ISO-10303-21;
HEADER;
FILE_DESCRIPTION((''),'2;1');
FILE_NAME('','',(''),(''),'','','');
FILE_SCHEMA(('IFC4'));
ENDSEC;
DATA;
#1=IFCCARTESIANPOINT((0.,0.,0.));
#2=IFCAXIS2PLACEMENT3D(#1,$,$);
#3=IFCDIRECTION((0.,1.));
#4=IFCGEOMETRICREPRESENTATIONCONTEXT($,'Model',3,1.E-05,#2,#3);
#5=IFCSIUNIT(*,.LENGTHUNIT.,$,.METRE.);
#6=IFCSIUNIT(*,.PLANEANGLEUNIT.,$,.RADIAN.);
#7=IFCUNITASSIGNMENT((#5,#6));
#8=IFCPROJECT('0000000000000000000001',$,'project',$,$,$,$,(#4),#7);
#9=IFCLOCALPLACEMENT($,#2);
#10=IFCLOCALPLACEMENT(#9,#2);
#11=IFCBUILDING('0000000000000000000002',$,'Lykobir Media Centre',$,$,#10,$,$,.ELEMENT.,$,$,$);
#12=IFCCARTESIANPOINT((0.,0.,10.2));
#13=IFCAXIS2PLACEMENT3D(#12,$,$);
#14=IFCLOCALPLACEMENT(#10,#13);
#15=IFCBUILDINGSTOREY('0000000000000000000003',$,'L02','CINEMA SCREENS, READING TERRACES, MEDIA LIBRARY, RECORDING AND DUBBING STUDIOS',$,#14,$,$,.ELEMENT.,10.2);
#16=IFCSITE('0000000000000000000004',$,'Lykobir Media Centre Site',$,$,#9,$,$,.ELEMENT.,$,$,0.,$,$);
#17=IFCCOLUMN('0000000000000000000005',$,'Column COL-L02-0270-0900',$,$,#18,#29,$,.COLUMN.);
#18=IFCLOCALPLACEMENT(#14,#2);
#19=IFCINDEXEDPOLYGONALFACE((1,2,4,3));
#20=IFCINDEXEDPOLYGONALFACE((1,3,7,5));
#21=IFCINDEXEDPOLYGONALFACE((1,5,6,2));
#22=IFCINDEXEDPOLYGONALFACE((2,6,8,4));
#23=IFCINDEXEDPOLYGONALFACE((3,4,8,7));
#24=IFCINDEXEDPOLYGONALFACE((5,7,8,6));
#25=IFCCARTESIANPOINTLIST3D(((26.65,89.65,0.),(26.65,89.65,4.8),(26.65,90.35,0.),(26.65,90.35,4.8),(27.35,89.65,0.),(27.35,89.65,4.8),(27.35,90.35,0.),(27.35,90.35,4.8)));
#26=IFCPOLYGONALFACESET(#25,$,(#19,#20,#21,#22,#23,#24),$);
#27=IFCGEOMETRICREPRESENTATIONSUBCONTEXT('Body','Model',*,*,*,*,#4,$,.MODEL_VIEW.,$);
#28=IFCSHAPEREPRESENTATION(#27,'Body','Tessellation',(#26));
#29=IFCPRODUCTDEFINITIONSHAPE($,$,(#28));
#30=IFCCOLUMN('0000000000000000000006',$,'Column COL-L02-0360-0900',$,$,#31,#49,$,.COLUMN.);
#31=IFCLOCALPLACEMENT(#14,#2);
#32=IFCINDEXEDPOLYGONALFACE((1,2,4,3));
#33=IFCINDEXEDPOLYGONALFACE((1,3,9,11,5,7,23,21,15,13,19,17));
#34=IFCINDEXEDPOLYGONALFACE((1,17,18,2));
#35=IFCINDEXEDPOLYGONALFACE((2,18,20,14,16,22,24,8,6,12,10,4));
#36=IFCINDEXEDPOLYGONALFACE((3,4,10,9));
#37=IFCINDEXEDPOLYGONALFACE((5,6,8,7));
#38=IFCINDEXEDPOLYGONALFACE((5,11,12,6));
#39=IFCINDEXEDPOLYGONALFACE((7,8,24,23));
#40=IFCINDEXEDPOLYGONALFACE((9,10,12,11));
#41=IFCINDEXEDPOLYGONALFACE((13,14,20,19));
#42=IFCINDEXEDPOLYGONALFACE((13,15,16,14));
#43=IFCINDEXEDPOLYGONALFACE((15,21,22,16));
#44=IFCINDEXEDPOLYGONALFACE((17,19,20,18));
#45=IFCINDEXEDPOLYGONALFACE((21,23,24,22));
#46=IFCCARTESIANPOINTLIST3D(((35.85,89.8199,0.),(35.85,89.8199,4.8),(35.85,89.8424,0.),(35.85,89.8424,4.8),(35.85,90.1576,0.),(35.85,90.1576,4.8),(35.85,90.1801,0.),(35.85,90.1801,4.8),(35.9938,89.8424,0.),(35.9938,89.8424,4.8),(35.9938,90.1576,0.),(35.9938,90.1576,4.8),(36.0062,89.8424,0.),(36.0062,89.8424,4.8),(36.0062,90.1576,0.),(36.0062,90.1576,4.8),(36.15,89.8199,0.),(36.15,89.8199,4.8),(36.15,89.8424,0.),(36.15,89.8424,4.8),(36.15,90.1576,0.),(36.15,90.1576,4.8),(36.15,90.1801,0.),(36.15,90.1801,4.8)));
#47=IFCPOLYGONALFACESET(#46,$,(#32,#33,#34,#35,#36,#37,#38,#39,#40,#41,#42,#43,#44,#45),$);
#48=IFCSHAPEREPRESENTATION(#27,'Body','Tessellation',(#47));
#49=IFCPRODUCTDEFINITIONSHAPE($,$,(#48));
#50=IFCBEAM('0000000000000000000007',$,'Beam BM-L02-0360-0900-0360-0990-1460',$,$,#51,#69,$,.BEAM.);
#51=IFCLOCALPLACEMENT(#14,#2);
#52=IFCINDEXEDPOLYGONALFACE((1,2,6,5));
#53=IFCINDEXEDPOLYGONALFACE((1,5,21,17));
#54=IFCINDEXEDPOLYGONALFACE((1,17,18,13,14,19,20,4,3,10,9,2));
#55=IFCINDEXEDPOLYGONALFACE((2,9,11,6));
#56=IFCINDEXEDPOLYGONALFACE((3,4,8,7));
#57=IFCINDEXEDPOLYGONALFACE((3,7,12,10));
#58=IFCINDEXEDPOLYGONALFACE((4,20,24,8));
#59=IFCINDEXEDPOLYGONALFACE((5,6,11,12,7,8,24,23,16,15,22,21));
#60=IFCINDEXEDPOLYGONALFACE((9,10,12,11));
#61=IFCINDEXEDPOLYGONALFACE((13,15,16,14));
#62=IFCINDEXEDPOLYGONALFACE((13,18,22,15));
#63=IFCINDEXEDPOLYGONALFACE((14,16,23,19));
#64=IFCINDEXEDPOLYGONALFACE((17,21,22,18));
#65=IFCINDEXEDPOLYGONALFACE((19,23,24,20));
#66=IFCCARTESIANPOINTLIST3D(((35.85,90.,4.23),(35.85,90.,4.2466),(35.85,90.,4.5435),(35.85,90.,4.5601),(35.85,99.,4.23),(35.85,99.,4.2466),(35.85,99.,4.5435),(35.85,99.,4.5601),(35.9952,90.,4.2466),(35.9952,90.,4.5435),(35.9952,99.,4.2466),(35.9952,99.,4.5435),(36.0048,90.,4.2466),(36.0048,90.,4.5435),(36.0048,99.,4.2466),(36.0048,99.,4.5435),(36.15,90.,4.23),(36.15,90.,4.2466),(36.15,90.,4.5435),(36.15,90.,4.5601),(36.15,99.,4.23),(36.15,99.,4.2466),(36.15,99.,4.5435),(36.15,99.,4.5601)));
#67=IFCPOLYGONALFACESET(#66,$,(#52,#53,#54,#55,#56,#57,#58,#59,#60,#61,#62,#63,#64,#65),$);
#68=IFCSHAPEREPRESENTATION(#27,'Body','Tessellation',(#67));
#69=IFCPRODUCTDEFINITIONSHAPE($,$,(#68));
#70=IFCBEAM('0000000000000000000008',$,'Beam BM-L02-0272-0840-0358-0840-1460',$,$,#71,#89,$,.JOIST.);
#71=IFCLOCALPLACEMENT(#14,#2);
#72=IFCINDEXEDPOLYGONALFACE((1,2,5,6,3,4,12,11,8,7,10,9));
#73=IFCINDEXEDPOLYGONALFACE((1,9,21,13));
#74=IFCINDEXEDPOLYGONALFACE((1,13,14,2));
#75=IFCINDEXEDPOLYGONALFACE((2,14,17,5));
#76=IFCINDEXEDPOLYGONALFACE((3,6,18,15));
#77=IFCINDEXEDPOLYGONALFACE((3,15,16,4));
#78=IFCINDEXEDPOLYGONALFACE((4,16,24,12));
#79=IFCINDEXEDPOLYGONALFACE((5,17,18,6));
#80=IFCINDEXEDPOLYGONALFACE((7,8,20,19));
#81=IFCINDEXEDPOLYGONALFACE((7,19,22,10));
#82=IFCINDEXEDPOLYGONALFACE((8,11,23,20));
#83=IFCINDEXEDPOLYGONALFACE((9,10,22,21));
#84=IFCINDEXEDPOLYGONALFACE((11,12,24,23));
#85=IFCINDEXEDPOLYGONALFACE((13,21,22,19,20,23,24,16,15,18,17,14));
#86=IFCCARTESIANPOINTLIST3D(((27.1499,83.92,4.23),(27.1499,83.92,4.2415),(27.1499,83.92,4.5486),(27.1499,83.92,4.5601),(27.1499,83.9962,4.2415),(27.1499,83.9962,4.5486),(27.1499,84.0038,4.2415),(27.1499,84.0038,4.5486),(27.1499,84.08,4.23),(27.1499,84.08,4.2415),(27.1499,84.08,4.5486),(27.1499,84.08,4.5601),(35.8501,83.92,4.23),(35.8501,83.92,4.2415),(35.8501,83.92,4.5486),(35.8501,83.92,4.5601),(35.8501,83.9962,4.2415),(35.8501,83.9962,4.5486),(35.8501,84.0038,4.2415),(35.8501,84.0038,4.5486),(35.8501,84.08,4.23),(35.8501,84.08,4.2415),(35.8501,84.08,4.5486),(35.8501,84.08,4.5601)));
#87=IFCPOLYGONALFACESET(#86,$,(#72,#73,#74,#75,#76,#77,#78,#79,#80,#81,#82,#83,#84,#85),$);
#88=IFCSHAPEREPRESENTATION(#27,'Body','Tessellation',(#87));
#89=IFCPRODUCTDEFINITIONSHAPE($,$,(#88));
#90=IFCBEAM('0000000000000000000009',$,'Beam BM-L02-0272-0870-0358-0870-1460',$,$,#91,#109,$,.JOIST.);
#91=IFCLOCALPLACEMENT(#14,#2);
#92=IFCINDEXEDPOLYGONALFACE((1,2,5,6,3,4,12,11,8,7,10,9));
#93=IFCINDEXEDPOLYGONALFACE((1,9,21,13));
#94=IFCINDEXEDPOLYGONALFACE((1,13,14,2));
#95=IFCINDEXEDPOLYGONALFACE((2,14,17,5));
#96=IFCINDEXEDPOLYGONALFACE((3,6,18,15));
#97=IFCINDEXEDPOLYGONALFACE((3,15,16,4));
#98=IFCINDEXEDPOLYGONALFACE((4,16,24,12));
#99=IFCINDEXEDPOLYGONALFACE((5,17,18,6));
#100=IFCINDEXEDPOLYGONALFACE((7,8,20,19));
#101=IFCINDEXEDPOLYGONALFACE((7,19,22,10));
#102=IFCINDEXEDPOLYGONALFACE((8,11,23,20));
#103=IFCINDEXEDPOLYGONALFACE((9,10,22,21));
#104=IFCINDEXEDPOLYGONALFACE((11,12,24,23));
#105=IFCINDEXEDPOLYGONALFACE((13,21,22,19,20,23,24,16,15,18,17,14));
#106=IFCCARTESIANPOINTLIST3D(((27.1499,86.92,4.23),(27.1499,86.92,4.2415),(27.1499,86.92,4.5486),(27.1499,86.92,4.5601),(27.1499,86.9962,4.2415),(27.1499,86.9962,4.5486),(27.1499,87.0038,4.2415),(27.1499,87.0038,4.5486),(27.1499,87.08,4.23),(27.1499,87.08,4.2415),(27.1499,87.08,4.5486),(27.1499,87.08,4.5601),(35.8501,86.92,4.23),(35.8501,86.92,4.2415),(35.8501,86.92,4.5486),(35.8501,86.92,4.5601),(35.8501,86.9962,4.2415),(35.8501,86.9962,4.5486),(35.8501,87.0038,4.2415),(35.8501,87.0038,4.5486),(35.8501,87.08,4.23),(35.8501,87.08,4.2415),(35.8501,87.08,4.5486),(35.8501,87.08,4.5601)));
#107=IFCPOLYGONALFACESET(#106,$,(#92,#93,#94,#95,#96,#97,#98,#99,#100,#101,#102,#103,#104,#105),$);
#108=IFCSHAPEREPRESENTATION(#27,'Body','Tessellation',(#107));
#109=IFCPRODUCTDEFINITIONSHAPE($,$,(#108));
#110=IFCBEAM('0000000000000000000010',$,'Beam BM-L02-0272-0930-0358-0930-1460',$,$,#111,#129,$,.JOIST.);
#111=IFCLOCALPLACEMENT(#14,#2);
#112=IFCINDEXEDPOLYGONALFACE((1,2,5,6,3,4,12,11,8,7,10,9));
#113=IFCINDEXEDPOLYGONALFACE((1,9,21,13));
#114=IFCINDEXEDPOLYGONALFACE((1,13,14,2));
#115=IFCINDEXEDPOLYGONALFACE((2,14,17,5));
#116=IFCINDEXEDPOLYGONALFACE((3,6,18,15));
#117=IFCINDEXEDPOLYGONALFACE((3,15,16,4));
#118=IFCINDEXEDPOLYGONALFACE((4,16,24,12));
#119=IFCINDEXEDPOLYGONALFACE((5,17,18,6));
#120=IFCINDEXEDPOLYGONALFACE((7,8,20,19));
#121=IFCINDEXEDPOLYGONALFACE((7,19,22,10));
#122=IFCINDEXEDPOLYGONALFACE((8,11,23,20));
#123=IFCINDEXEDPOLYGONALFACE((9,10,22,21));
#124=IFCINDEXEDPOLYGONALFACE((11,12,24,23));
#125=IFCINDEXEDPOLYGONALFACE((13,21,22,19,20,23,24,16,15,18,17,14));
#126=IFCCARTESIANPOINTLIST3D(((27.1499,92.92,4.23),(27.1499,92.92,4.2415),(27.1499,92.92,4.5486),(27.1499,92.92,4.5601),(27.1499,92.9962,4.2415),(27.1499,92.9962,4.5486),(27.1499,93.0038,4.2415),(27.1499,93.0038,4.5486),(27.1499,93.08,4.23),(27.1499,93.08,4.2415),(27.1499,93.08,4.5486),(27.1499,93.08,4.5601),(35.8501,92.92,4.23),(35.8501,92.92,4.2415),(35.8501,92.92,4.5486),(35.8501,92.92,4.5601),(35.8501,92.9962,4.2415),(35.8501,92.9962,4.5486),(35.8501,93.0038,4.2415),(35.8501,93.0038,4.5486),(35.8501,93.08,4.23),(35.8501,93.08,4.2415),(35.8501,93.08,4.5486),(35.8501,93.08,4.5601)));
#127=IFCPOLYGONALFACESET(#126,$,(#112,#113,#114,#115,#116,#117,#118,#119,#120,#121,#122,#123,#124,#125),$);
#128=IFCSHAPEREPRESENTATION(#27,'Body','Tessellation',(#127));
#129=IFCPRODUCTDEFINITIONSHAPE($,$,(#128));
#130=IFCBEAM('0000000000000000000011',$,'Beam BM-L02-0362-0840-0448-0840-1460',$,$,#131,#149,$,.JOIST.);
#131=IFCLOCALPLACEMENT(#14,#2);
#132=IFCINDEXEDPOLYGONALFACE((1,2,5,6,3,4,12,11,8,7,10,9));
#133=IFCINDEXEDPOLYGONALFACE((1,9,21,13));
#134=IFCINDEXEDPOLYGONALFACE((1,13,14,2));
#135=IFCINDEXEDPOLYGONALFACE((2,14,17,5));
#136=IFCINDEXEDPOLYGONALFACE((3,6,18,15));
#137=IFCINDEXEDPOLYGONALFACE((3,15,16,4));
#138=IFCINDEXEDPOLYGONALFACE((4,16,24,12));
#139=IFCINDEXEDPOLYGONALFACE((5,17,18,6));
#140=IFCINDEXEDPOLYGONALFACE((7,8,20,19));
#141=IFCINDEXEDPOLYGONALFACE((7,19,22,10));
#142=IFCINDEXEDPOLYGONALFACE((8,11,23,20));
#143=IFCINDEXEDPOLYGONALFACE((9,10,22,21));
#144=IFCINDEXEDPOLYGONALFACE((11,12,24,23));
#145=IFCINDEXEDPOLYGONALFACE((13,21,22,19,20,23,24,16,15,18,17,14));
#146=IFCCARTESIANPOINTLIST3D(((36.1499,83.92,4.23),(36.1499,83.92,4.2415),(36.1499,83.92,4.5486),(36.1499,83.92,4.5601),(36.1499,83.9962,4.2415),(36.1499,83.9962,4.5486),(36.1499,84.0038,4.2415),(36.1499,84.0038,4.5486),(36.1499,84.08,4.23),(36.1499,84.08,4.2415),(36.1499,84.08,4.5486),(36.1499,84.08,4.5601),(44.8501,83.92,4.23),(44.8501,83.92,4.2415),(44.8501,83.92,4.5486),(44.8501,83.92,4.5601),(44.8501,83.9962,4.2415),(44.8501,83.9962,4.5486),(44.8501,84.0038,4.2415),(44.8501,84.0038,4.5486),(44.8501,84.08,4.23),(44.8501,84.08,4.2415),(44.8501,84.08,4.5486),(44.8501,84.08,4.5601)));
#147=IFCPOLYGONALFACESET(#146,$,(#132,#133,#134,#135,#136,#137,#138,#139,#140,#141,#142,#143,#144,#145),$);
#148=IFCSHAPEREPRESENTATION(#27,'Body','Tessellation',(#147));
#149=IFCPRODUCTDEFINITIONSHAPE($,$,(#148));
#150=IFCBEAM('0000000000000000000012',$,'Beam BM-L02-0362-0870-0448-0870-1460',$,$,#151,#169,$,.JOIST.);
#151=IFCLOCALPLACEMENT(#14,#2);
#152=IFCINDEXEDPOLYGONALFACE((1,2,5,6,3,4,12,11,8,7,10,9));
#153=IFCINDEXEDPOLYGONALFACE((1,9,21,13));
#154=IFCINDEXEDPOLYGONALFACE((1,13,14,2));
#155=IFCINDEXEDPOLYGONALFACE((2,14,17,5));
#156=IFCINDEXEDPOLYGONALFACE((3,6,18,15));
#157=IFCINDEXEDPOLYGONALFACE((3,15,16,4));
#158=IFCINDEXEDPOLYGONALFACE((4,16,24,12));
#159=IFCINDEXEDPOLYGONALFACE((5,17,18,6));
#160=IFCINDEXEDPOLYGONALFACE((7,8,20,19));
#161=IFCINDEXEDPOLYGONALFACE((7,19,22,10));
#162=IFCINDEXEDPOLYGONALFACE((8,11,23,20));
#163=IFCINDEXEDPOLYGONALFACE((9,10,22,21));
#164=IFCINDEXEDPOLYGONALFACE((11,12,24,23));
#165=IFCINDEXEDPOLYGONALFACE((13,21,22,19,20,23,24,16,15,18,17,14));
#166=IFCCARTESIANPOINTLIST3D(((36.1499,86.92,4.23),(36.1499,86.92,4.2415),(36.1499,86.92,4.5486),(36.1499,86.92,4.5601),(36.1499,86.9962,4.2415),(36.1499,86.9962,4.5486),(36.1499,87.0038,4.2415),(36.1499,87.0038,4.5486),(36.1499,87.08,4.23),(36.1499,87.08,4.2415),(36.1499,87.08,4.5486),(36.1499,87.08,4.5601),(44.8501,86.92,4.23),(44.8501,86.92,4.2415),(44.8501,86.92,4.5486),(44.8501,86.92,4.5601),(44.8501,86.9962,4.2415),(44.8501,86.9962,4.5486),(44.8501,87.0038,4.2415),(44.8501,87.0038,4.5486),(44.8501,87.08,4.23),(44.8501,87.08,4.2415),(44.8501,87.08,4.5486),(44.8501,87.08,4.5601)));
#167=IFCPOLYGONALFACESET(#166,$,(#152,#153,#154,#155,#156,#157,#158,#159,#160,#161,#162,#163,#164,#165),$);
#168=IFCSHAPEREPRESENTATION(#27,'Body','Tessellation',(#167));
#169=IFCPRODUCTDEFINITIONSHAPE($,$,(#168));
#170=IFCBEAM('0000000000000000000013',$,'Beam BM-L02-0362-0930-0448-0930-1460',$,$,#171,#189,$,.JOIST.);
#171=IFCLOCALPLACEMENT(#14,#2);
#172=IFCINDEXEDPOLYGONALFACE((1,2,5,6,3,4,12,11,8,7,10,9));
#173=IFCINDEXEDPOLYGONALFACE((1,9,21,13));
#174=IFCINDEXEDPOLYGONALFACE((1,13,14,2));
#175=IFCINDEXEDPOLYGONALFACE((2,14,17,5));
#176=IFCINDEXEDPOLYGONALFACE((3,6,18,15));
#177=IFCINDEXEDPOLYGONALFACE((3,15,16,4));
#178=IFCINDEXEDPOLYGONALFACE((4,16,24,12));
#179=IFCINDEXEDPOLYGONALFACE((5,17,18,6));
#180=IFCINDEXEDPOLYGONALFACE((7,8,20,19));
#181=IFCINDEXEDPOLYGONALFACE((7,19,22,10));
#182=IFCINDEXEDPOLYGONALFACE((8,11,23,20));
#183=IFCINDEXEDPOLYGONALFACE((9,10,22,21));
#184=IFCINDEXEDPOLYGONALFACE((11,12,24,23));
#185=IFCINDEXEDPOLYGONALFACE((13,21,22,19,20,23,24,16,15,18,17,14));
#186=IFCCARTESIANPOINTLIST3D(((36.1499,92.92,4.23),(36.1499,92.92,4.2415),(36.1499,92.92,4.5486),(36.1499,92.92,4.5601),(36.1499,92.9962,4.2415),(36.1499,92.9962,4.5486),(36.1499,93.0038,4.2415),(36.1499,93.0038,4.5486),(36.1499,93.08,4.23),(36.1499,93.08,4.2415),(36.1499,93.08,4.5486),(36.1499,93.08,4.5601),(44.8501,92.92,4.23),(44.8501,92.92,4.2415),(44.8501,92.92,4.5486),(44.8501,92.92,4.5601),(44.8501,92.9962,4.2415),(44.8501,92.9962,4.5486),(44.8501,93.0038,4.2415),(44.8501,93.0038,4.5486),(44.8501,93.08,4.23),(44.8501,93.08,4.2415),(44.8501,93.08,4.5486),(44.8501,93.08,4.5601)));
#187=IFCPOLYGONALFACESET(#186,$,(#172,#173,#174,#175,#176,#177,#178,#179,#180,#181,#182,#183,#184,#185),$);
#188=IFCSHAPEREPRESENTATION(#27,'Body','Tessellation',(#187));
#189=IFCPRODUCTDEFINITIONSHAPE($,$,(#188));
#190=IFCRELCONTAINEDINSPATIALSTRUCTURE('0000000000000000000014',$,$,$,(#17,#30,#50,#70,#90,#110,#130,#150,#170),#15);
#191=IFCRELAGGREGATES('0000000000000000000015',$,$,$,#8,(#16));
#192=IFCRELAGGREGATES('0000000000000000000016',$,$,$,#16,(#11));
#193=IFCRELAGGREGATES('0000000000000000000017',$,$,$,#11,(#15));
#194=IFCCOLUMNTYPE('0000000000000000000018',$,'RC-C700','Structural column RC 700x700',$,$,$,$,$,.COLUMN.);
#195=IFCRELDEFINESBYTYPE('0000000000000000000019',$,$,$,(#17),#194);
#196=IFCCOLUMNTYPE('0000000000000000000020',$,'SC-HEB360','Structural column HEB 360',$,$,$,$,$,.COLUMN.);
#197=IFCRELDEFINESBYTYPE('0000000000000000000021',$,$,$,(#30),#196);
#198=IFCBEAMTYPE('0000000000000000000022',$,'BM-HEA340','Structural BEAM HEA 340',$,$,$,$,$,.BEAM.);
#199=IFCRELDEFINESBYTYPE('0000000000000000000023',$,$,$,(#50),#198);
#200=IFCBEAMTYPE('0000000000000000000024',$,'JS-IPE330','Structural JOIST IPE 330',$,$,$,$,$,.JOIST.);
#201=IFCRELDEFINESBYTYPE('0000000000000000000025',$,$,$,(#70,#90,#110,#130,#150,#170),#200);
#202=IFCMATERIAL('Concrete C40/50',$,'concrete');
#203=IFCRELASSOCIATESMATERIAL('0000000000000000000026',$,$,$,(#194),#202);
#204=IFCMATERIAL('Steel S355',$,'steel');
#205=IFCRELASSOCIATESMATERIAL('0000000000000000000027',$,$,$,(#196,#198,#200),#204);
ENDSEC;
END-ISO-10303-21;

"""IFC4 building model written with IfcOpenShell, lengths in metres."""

from ifc_helpers import new_model, si_unit, direction, frame, origin, origin_2d, place, context, subcontext, project, spatial, rectangle, i_section, extrude, material, material_profile, profile_set, type_object, element, save


model = new_model("IFC4")

# Units and contexts
model_context = context("Model", 3, precision=1e-05, world=origin(), true_north=direction((0.0, 1.0)))
body_context = subcontext(model_context, "Body", "Model", "MODEL_VIEW")
ifc_project = project(units=[si_unit("LENGTHUNIT", "METRE"), si_unit("PLANEANGLEUNIT", "RADIAN")], contexts=[model_context])

# Site, building, storey
site_placement = place(None, origin())
site = spatial("IfcSite", under=ifc_project, at=site_placement, Name="Lykobir Media Centre Site", CompositionType="ELEMENT", RefElevation=0.0)
building_placement = place(site_placement, origin())
building = spatial("IfcBuilding", under=site, at=building_placement, Name="Lykobir Media Centre", CompositionType="ELEMENT")
storey_placement = place(building_placement, frame((0.0, 0.0, 10.2)))
storey = spatial("IfcBuildingStorey", under=building, at=storey_placement, Name="L02", Description="CINEMA SCREENS, READING TERRACES, MEDIA LIBRARY, RECORDING AND DUBBING STUDIOS", CompositionType="ELEMENT", Elevation=10.2)

# Columns
ifc_material_1 = material(Name="Concrete C40/50", Category="concrete")
ifc_material_profile_1 = material_profile(ifc_material_1, rectangle(XDim=0.7, YDim=0.7, at=origin_2d()), Name="RC 700x700")
ifc_profile_set_1 = profile_set([ifc_material_profile_1], Name="Concrete C40/50")
column_type_1 = type_object("IfcColumnType", Name="RC-C700", Description="Structural column RC 700x700", PredefinedType="COLUMN", material=ifc_profile_set_1)
column_1_placement = place(storey_placement, frame((27.0, 90.0, 0.0), z_axis=(0.0, 0.0, 1.0), x_axis=(1.0, 0.0, 0.0)))
element("IfcColumn", 1, at=column_1_placement, inside=storey, type_object=column_type_1, Name="Column COL-L02-0270-0900", PredefinedType="COLUMN", context=body_context, shape_type="SweptSolid", body=[
    extrude(rectangle(XDim=0.7, YDim=0.7, at=origin_2d()), origin(), (0.0, 0.0, 1.0), 4.8),
])
ifc_material_2 = material(Name="Steel S355", Category="steel")
ifc_material_profile_2 = material_profile(ifc_material_2, i_section(OverallWidth=0.3, OverallDepth=0.3601, WebThickness=0.0125, FlangeThickness=0.0225, at=origin_2d()), Name="HEB 360")
ifc_profile_set_2 = profile_set([ifc_material_profile_2], Name="Steel S355")
column_type_2 = type_object("IfcColumnType", Name="SC-HEB360", Description="Structural column HEB 360", PredefinedType="COLUMN", material=ifc_profile_set_2)
column_2_placement = place(storey_placement, frame((36.0, 90.0, 0.0), z_axis=(0.0, 0.0, 1.0), x_axis=(1.0, 0.0, 0.0)))
element("IfcColumn", 2, at=column_2_placement, inside=storey, type_object=column_type_2, Name="Column COL-L02-0360-0900", PredefinedType="COLUMN", context=body_context, shape_type="SweptSolid", body=[
    extrude(i_section(OverallWidth=0.3, OverallDepth=0.3601, WebThickness=0.0125, FlangeThickness=0.0225, at=origin_2d()), origin(), (0.0, 0.0, 1.0), 4.8),
])

# Beams
ifc_material_profile_3 = material_profile(ifc_material_2, i_section(OverallWidth=0.3, OverallDepth=0.3301, WebThickness=0.0095, FlangeThickness=0.0166, at=origin_2d()), Name="HEA 340")
ifc_profile_set_3 = profile_set([ifc_material_profile_3], Name="Steel S355")
beam_type_1 = type_object("IfcBeamType", Name="BM-HEA340", Description="Structural BEAM HEA 340", PredefinedType="BEAM", material=ifc_profile_set_3)
beam_placement = place(storey_placement, frame((36.0, 90.0, 4.395), z_axis=(0.0, 1.0, 0.0), x_axis=(-1.0, 0.0, 0.0)))
element("IfcBeam", 3, at=beam_placement, inside=storey, type_object=beam_type_1, Name="Beam BM-L02-0360-0900-0360-0990-1460", PredefinedType="BEAM", context=body_context, shape_type="SweptSolid", body=[
    extrude(i_section(OverallWidth=0.3, OverallDepth=0.3301, WebThickness=0.0095, FlangeThickness=0.0166, at=origin_2d()), origin(), (0.0, 0.0, 1.0), 9.0),
])
ifc_material_profile_4 = material_profile(ifc_material_2, i_section(OverallWidth=0.1599, OverallDepth=0.3301, WebThickness=0.0076, FlangeThickness=0.0115, at=origin_2d()), Name="IPE 330")
ifc_profile_set_4 = profile_set([ifc_material_profile_4], Name="Steel S355")
beam_type_2 = type_object("IfcBeamType", Name="JS-IPE330", Description="Structural JOIST IPE 330", PredefinedType="JOIST", material=ifc_profile_set_4)
for number, where, z_axis, x_axis, name in (
    (4, (27.1499, 84.0, 4.395), (1.0, 0.0, 0.0), (0.0, 1.0, 0.0), "Beam BM-L02-0272-0840-0358-0840-1460"),
    (5, (27.1499, 87.0, 4.395), (1.0, 0.0, 0.0), (0.0, 1.0, 0.0), "Beam BM-L02-0272-0870-0358-0870-1460"),
    (6, (27.1499, 93.0, 4.395), (1.0, 0.0, 0.0), (0.0, 1.0, 0.0), "Beam BM-L02-0272-0930-0358-0930-1460"),
    (7, (36.1499, 84.0, 4.395), (1.0, 0.0, 0.0), (0.0, 1.0, 0.0), "Beam BM-L02-0362-0840-0448-0840-1460"),
    (8, (36.1499, 87.0, 4.395), (1.0, 0.0, 0.0), (0.0, 1.0, 0.0), "Beam BM-L02-0362-0870-0448-0870-1460"),
    (9, (36.1499, 93.0, 4.395), (1.0, 0.0, 0.0), (0.0, 1.0, 0.0), "Beam BM-L02-0362-0930-0448-0930-1460"),
):
    element("IfcBeam", number, at=place(storey_placement, frame(where, z_axis=z_axis, x_axis=x_axis)), inside=storey, type_object=beam_type_2, Name=name, PredefinedType="JOIST", context=body_context, shape_type="SweptSolid", body=[
        extrude(i_section(OverallWidth=0.1599, OverallDepth=0.3301, WebThickness=0.0076, FlangeThickness=0.0115, at=origin_2d()), origin(), (0.0, 0.0, 1.0), 8.7002),
    ])

save(model, "model.ifc")
